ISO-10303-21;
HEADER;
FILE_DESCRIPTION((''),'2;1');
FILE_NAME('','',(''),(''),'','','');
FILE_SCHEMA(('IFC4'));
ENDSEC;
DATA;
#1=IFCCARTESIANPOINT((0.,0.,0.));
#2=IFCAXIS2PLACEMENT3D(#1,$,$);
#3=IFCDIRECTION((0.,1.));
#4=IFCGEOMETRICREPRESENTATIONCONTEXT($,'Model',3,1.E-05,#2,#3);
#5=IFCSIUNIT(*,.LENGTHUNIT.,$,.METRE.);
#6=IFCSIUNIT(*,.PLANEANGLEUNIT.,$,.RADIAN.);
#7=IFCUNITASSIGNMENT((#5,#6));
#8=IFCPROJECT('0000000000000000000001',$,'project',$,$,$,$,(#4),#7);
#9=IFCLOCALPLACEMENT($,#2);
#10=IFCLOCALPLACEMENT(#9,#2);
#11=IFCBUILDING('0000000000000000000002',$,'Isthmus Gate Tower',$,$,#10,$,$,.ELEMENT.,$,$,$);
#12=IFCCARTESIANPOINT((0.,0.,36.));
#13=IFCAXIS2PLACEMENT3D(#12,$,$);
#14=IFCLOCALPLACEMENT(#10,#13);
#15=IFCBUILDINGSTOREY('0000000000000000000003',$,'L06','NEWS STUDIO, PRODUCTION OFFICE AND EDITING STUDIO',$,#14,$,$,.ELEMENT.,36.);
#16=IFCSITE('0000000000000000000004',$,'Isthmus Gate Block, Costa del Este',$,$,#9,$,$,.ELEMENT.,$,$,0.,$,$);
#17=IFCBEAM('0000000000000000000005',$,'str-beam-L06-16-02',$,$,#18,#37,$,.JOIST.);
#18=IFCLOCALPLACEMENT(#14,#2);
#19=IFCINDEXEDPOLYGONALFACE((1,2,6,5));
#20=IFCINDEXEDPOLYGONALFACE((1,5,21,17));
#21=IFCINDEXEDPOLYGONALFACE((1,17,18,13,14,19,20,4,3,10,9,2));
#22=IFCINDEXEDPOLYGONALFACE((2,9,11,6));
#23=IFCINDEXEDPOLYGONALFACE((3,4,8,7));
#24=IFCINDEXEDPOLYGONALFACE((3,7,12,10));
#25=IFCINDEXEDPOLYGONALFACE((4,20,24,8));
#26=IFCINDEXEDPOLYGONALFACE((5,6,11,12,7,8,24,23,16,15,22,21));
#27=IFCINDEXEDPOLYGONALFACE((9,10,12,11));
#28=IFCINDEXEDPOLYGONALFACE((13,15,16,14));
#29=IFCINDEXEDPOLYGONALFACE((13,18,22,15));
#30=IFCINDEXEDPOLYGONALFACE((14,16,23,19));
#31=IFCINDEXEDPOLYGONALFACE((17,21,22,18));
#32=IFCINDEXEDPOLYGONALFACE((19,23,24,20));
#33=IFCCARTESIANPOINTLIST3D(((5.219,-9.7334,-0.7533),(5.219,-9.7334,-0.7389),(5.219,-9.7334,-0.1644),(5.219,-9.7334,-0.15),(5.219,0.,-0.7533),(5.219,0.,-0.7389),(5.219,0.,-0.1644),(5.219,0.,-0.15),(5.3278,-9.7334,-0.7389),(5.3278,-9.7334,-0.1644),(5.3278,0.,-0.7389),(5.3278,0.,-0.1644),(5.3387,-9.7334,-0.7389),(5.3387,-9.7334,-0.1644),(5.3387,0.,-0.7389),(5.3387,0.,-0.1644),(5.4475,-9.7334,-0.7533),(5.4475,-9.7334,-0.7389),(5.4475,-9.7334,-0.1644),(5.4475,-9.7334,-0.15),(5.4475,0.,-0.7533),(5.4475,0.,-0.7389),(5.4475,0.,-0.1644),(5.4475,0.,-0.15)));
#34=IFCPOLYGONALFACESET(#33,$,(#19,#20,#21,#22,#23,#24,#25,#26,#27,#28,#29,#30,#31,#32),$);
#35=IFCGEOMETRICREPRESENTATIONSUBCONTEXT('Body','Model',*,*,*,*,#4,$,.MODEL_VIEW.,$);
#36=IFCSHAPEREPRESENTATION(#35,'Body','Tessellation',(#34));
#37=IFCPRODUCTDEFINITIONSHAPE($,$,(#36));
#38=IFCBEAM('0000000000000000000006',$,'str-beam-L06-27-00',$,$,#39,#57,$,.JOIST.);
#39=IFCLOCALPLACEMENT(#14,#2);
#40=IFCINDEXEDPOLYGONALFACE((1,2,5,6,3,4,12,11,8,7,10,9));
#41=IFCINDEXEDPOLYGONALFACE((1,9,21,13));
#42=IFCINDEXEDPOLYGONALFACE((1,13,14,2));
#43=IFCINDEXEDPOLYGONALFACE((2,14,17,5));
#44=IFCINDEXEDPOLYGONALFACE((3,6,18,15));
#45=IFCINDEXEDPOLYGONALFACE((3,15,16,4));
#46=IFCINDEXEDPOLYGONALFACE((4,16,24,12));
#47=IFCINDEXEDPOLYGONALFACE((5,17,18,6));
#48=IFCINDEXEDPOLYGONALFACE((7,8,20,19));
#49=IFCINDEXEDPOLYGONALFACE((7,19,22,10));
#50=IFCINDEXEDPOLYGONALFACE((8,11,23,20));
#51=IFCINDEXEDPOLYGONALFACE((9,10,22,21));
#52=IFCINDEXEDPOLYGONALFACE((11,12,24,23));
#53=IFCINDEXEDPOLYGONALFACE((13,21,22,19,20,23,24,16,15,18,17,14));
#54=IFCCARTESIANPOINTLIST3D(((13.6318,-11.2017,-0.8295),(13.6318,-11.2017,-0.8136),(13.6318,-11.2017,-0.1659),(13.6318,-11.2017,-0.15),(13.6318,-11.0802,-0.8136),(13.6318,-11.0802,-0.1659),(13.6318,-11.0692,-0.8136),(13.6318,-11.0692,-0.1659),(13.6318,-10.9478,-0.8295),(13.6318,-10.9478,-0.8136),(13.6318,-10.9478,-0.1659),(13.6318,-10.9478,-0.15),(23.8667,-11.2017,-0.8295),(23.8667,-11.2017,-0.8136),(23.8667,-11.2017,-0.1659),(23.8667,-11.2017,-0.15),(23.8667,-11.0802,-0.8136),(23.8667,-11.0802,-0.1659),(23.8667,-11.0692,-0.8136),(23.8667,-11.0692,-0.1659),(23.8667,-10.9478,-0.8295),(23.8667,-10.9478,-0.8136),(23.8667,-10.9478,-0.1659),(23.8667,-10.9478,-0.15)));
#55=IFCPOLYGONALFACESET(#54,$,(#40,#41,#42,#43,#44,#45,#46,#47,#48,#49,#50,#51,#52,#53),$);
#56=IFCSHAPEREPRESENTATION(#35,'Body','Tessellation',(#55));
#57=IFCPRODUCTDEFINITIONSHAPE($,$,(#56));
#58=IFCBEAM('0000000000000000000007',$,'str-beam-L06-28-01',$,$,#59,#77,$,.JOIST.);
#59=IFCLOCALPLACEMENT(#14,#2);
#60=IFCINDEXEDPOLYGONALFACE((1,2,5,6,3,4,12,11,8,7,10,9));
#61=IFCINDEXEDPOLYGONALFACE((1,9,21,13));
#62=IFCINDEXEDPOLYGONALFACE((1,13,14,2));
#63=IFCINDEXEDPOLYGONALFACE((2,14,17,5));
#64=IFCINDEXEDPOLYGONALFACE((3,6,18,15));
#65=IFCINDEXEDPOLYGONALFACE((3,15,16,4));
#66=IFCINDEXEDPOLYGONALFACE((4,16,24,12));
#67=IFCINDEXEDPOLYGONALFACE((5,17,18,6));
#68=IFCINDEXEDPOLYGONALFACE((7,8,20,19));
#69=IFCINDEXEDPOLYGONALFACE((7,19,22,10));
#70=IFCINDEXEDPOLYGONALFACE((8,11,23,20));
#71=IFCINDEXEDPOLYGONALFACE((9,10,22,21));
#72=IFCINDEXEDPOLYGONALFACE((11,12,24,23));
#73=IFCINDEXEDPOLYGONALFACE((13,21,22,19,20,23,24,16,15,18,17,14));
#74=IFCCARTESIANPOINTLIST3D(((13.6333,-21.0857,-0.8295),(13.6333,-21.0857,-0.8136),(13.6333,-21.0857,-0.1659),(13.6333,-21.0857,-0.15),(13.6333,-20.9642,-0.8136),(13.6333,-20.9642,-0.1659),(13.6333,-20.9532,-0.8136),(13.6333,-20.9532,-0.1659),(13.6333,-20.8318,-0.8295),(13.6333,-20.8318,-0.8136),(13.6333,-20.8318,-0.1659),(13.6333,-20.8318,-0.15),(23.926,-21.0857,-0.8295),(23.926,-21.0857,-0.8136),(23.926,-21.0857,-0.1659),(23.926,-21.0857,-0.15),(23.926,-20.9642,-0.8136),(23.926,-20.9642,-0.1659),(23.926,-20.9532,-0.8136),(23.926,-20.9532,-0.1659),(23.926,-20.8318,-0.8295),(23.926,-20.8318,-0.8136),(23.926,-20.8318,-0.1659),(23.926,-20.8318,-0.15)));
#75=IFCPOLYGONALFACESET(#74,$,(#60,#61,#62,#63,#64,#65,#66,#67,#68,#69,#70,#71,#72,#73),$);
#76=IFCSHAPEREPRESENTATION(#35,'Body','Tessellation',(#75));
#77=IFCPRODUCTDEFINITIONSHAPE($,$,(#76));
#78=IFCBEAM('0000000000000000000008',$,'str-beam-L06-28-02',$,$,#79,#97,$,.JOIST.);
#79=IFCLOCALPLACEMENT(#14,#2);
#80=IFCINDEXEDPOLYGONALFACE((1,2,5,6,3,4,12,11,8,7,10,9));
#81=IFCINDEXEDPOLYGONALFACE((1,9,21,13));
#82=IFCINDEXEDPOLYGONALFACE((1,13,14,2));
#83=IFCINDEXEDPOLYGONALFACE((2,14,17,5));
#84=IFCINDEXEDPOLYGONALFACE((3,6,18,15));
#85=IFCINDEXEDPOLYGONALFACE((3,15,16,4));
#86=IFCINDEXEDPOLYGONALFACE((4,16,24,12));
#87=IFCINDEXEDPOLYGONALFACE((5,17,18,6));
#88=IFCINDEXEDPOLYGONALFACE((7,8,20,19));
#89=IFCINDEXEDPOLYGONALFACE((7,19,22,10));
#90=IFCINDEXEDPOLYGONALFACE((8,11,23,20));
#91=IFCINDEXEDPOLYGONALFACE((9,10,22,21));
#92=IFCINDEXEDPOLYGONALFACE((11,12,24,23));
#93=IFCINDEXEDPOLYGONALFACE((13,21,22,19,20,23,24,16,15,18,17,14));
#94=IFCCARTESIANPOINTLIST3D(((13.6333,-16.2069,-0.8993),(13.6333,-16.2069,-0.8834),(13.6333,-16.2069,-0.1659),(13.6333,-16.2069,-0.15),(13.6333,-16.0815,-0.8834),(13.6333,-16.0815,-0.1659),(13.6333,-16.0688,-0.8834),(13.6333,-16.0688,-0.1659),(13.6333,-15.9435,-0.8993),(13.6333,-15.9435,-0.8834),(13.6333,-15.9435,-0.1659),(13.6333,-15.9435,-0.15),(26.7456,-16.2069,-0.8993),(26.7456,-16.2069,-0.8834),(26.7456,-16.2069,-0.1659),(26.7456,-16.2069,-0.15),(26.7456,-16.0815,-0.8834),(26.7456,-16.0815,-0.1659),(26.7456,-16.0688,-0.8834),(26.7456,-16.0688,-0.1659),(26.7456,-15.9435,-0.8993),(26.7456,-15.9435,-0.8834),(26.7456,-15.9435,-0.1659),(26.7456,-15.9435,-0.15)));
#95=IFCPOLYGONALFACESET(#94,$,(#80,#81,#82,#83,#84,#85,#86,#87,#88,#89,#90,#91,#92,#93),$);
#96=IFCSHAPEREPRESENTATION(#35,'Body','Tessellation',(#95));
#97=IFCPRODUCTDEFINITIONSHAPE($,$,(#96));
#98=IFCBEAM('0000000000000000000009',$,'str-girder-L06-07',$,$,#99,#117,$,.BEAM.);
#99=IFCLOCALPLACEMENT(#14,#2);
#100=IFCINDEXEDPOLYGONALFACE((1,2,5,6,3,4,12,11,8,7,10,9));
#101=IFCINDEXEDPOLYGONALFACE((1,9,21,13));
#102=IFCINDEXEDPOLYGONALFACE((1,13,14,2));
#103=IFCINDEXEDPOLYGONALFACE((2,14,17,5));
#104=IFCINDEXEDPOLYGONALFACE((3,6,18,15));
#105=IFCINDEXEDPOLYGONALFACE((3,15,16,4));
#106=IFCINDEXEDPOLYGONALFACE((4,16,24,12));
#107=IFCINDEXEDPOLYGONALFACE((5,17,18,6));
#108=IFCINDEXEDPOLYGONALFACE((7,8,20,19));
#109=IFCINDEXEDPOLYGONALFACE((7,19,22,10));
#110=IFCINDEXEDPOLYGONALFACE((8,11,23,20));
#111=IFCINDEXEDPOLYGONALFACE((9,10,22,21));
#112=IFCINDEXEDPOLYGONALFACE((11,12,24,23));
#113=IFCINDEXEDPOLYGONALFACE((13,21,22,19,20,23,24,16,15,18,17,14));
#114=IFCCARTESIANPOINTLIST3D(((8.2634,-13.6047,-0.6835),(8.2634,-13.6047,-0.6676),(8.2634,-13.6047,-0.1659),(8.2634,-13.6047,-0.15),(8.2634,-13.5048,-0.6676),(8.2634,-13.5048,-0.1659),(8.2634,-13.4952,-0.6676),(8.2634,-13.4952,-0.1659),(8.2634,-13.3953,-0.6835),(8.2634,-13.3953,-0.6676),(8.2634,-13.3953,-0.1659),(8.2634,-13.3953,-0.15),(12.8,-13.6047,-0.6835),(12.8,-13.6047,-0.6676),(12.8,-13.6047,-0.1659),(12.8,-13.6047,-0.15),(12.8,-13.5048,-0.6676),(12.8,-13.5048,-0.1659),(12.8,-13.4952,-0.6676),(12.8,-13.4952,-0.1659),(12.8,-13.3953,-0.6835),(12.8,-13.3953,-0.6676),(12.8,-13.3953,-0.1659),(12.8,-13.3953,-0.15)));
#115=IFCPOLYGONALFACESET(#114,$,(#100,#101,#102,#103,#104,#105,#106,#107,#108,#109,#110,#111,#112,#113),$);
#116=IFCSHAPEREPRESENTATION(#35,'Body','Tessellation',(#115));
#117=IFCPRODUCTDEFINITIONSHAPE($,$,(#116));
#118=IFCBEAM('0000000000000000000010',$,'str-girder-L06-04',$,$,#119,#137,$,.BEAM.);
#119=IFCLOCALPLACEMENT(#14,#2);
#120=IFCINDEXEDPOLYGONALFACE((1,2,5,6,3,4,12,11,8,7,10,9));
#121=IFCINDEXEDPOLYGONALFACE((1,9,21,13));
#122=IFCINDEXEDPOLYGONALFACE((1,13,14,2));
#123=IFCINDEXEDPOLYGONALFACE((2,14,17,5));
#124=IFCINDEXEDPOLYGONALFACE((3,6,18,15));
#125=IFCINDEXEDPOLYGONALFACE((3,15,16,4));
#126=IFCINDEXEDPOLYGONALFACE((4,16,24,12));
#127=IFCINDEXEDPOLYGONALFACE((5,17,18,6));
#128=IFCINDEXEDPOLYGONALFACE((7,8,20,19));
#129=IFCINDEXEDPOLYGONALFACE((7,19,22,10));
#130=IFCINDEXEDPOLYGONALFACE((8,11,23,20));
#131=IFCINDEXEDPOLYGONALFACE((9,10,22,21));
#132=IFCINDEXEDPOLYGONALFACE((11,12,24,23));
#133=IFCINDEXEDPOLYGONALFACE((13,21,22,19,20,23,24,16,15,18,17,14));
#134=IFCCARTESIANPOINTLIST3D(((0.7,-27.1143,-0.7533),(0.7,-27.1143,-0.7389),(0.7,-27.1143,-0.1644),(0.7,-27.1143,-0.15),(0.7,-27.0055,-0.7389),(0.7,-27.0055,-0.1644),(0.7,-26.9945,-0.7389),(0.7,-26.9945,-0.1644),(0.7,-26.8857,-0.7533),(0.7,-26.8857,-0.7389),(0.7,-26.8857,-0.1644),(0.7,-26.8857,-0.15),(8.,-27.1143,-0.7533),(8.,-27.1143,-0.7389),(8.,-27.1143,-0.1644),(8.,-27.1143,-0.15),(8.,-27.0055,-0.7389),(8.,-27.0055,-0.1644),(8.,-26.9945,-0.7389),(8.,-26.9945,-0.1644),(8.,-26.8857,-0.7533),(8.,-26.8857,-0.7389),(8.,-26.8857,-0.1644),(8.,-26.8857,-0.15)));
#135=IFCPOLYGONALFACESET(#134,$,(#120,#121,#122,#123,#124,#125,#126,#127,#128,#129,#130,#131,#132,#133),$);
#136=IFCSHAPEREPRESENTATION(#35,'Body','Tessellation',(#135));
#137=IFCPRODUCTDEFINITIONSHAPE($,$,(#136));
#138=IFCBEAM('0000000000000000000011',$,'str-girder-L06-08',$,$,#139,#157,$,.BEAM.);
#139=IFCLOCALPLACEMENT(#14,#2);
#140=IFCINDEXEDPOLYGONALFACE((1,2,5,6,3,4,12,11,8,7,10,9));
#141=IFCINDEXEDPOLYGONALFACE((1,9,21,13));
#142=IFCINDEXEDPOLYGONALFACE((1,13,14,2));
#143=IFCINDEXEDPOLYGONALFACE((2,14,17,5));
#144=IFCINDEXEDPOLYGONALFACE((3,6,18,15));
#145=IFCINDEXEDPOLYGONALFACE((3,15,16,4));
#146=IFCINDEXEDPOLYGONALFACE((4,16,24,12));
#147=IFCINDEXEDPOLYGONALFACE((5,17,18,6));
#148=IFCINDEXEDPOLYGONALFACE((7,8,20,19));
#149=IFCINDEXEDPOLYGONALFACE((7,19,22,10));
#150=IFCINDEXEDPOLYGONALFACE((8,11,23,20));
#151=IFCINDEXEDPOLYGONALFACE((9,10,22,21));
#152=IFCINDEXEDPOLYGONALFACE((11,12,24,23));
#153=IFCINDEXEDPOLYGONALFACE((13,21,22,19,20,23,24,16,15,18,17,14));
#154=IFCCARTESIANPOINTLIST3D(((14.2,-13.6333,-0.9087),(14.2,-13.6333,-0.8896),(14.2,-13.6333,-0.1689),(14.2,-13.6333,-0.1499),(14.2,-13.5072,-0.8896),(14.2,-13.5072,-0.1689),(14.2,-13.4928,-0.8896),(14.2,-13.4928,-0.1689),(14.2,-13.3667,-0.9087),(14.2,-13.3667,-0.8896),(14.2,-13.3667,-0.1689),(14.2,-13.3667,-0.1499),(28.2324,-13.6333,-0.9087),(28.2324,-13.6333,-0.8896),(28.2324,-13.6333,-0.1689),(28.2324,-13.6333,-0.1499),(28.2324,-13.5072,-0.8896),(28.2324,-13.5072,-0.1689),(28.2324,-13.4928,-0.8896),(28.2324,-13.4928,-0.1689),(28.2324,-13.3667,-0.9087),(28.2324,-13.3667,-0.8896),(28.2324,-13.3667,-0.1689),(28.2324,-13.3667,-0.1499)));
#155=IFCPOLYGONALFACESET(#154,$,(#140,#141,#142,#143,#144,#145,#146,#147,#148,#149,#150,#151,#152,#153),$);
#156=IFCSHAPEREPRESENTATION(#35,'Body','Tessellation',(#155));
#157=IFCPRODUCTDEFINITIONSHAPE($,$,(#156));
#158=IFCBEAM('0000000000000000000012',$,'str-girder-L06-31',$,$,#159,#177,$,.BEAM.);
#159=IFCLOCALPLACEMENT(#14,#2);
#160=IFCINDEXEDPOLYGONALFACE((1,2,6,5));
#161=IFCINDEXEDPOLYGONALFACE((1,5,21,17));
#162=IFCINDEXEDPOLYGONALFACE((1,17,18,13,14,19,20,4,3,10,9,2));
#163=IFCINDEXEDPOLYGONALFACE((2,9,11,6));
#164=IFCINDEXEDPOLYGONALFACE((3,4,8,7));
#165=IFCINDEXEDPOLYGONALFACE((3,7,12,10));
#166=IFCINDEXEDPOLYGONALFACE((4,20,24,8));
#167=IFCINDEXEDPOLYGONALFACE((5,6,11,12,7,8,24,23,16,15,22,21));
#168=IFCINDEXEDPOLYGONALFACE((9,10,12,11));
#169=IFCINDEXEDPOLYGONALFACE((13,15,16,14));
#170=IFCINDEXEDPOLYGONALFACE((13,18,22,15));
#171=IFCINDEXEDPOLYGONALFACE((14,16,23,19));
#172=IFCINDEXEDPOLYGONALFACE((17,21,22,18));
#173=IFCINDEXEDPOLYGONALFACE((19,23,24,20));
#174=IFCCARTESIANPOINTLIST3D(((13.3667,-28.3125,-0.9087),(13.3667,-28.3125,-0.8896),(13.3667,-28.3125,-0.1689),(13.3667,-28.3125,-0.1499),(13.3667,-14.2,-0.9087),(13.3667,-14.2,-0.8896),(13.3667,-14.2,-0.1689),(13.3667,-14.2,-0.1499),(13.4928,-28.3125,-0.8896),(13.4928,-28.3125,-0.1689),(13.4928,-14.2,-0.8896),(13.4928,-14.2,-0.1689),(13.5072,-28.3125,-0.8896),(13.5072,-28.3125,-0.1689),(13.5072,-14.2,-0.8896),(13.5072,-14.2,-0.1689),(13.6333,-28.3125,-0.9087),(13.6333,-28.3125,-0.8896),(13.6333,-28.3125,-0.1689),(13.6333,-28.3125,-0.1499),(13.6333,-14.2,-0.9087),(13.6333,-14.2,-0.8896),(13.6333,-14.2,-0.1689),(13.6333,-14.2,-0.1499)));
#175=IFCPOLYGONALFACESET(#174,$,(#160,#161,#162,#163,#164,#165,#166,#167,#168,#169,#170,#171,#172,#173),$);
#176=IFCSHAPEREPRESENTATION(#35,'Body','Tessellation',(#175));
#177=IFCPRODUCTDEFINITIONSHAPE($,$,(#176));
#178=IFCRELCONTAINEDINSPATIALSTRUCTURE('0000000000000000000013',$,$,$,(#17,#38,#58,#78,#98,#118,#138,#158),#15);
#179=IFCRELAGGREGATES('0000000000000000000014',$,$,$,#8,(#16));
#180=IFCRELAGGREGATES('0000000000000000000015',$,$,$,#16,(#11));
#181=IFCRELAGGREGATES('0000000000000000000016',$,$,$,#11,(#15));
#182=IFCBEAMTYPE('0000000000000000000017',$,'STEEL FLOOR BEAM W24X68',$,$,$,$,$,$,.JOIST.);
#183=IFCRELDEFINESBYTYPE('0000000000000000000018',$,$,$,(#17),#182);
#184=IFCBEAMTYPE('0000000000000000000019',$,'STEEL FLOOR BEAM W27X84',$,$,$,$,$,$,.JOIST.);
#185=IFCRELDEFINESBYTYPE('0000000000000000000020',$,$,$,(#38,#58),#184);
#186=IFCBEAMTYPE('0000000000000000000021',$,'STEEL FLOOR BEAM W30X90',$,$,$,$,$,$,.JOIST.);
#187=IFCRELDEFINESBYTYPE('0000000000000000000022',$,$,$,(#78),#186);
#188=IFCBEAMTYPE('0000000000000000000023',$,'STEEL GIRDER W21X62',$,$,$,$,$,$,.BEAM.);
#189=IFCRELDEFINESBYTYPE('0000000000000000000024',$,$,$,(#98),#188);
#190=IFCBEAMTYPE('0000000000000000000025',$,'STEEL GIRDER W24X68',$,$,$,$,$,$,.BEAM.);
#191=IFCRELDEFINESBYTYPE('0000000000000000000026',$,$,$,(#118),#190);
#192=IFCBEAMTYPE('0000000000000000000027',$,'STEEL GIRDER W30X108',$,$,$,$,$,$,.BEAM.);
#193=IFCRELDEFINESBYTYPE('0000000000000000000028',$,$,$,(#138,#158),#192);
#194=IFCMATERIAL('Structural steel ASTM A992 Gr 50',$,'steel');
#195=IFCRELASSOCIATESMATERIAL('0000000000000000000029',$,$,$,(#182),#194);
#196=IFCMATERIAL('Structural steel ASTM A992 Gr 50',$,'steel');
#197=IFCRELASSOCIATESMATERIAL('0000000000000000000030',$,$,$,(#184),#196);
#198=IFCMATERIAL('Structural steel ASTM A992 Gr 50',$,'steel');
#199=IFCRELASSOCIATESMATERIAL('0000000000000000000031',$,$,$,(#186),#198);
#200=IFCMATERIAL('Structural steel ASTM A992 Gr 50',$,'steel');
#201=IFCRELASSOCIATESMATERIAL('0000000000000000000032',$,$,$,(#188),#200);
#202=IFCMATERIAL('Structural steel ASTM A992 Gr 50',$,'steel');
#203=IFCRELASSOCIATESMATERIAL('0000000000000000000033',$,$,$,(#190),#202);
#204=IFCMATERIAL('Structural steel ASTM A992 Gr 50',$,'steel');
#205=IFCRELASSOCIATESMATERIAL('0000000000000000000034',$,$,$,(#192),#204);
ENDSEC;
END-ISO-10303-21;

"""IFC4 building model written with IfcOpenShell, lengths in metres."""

from ifc_helpers import new_model, si_unit, direction, frame, origin, origin_2d, place, context, subcontext, project, spatial, i_section, extrude, material, material_profile, profile_set, type_object, element, save


model = new_model("IFC4")

# Units and contexts
model_context = context("Model", 3, precision=1e-05, world=origin(), true_north=direction((0.0, 1.0)))
body_context = subcontext(model_context, "Body", "Model", "MODEL_VIEW")
ifc_project = project(units=[si_unit("LENGTHUNIT", "METRE"), si_unit("PLANEANGLEUNIT", "RADIAN")], contexts=[model_context])

# Site, building, storey
site_placement = place(None, origin())
site = spatial("IfcSite", under=ifc_project, at=site_placement, Name="Isthmus Gate Block, Costa del Este", CompositionType="ELEMENT", RefElevation=0.0)
building_placement = place(site_placement, origin())
building = spatial("IfcBuilding", under=site, at=building_placement, Name="Isthmus Gate Tower", CompositionType="ELEMENT")
storey_placement = place(building_placement, frame((0.0, 0.0, 36.0)))
storey = spatial("IfcBuildingStorey", under=building, at=storey_placement, Name="L06", Description="NEWS STUDIO, PRODUCTION OFFICE AND EDITING STUDIO", CompositionType="ELEMENT", Elevation=36.0)

# Beams
ifc_material_1 = material(Name="Structural steel ASTM A992 Gr 50", Category="steel")
ifc_material_profile_1 = material_profile(ifc_material_1, i_section(OverallWidth=0.2285, OverallDepth=0.6033, WebThickness=0.011, FlangeThickness=0.0144, at=origin_2d()), Name="W24X68")
ifc_profile_set_1 = profile_set([ifc_material_profile_1], Name="Structural steel ASTM A992 Gr 50")
beam_type_1 = type_object("IfcBeamType", Name="STEEL FLOOR BEAM W24X68", PredefinedType="JOIST", material=ifc_profile_set_1)
beam_1_placement = place(storey_placement, frame((5.3333, -9.7334, -0.4517), z_axis=(0.0, 1.0, 0.0), x_axis=(-1.0, 0.0, 0.0)))
element("IfcBeam", 1, at=beam_1_placement, inside=storey, type_object=beam_type_1, Name="str-beam-L06-16-02", PredefinedType="JOIST", context=body_context, shape_type="SweptSolid", body=[
    extrude(i_section(OverallWidth=0.2285, OverallDepth=0.6033, WebThickness=0.011, FlangeThickness=0.0144, at=origin_2d()), origin(), (0.0, 0.0, 1.0), 9.7334),
])
ifc_material_2 = material(Name="Structural steel ASTM A992 Gr 50", Category="steel")
ifc_material_profile_2 = material_profile(ifc_material_2, i_section(OverallWidth=0.2539, OverallDepth=0.6794, WebThickness=0.011, FlangeThickness=0.0159, at=origin_2d()), Name="W27X84")
ifc_profile_set_2 = profile_set([ifc_material_profile_2], Name="Structural steel ASTM A992 Gr 50")
beam_type_2 = type_object("IfcBeamType", Name="STEEL FLOOR BEAM W27X84", PredefinedType="JOIST", material=ifc_profile_set_2)
beam_2_placement = place(storey_placement, frame((13.6318, -11.0747, -0.4897), z_axis=(1.0, 0.0, 0.0), x_axis=(0.0, 1.0, 0.0)))
element("IfcBeam", 2, at=beam_2_placement, inside=storey, type_object=beam_type_2, Name="str-beam-L06-27-00", PredefinedType="JOIST", context=body_context, shape_type="SweptSolid", body=[
    extrude(i_section(OverallWidth=0.2539, OverallDepth=0.6794, WebThickness=0.011, FlangeThickness=0.0159, at=origin_2d()), origin(), (0.0, 0.0, 1.0), 10.2349),
])
beam_3_placement = place(storey_placement, frame((13.6333, -20.9587, -0.4897), z_axis=(1.0, 0.0, 0.0), x_axis=(0.0, 1.0, 0.0)))
element("IfcBeam", 3, at=beam_3_placement, inside=storey, type_object=beam_type_2, Name="str-beam-L06-28-01", PredefinedType="JOIST", context=body_context, shape_type="SweptSolid", body=[
    extrude(i_section(OverallWidth=0.2539, OverallDepth=0.6794, WebThickness=0.011, FlangeThickness=0.0159, at=origin_2d()), origin(), (0.0, 0.0, 1.0), 10.2927),
])
ifc_material_3 = material(Name="Structural steel ASTM A992 Gr 50", Category="steel")
ifc_material_profile_3 = material_profile(ifc_material_3, i_section(OverallWidth=0.2634, OverallDepth=0.7493, WebThickness=0.0127, FlangeThickness=0.0159, at=origin_2d()), Name="W30X90")
ifc_profile_set_3 = profile_set([ifc_material_profile_3], Name="Structural steel ASTM A992 Gr 50")
beam_type_3 = type_object("IfcBeamType", Name="STEEL FLOOR BEAM W30X90", PredefinedType="JOIST", material=ifc_profile_set_3)
beam_4_placement = place(storey_placement, frame((13.6333, -16.0752, -0.5247), z_axis=(1.0, 0.0, 0.0), x_axis=(0.0, 1.0, 0.0)))
element("IfcBeam", 4, at=beam_4_placement, inside=storey, type_object=beam_type_3, Name="str-beam-L06-28-02", PredefinedType="JOIST", context=body_context, shape_type="SweptSolid", body=[
    extrude(i_section(OverallWidth=0.2634, OverallDepth=0.7493, WebThickness=0.0127, FlangeThickness=0.0159, at=origin_2d()), origin(), (0.0, 0.0, 1.0), 13.1123),
])
ifc_material_4 = material(Name="Structural steel ASTM A992 Gr 50", Category="steel")
ifc_material_profile_4 = material_profile(ifc_material_4, i_section(OverallWidth=0.2095, OverallDepth=0.5334, WebThickness=0.0095, FlangeThickness=0.0159, at=origin_2d()), Name="W21X62")
ifc_profile_set_4 = profile_set([ifc_material_profile_4], Name="Structural steel ASTM A992 Gr 50")
beam_type_4 = type_object("IfcBeamType", Name="STEEL GIRDER W21X62", PredefinedType="BEAM", material=ifc_profile_set_4)
beam_5_placement = place(storey_placement, frame((8.2634, -13.5, -0.4167), z_axis=(1.0, 0.0, 0.0), x_axis=(0.0, 1.0, 0.0)))
element("IfcBeam", 5, at=beam_5_placement, inside=storey, type_object=beam_type_4, Name="str-girder-L06-07", PredefinedType="BEAM", context=body_context, shape_type="SweptSolid", body=[
    extrude(i_section(OverallWidth=0.2095, OverallDepth=0.5334, WebThickness=0.0095, FlangeThickness=0.0159, at=origin_2d()), origin(), (0.0, 0.0, 1.0), 4.5366),
])
ifc_material_5 = material(Name="Structural steel ASTM A992 Gr 50", Category="steel")
ifc_material_profile_5 = material_profile(ifc_material_5, i_section(OverallWidth=0.2285, OverallDepth=0.6033, WebThickness=0.011, FlangeThickness=0.0144, at=origin_2d()), Name="W24X68")
ifc_profile_set_5 = profile_set([ifc_material_profile_5], Name="Structural steel ASTM A992 Gr 50")
beam_type_5 = type_object("IfcBeamType", Name="STEEL GIRDER W24X68", PredefinedType="BEAM", material=ifc_profile_set_5)
beam_6_placement = place(storey_placement, frame((0.7, -27.0, -0.4517), z_axis=(1.0, 0.0, 0.0), x_axis=(0.0, 1.0, 0.0)))
element("IfcBeam", 6, at=beam_6_placement, inside=storey, type_object=beam_type_5, Name="str-girder-L06-04", PredefinedType="BEAM", context=body_context, shape_type="SweptSolid", body=[
    extrude(i_section(OverallWidth=0.2285, OverallDepth=0.6033, WebThickness=0.011, FlangeThickness=0.0144, at=origin_2d()), origin(), (0.0, 0.0, 1.0), 7.3),
])
ifc_material_6 = material(Name="Structural steel ASTM A992 Gr 50", Category="steel")
ifc_material_profile_6 = material_profile(ifc_material_6, i_section(OverallWidth=0.2666, OverallDepth=0.7588, WebThickness=0.0144, FlangeThickness=0.019, at=origin_2d()), Name="W30X108")
ifc_profile_set_6 = profile_set([ifc_material_profile_6], Name="Structural steel ASTM A992 Gr 50")
beam_type_6 = type_object("IfcBeamType", Name="STEEL GIRDER W30X108", PredefinedType="BEAM", material=ifc_profile_set_6)
beam_7_placement = place(storey_placement, frame((14.2, -13.5, -0.5293), z_axis=(1.0, 0.0, 0.0), x_axis=(0.0, 1.0, 0.0)))
element("IfcBeam", 7, at=beam_7_placement, inside=storey, type_object=beam_type_6, Name="str-girder-L06-08", PredefinedType="BEAM", context=body_context, shape_type="SweptSolid", body=[
    extrude(i_section(OverallWidth=0.2666, OverallDepth=0.7588, WebThickness=0.0144, FlangeThickness=0.019, at=origin_2d()), origin(), (0.0, 0.0, 1.0), 14.0325),
])
beam_8_placement = place(storey_placement, frame((13.5, -28.3125, -0.5293), z_axis=(0.0, 1.0, 0.0), x_axis=(-1.0, 0.0, 0.0)))
element("IfcBeam", 8, at=beam_8_placement, inside=storey, type_object=beam_type_6, Name="str-girder-L06-31", PredefinedType="BEAM", context=body_context, shape_type="SweptSolid", body=[
    extrude(i_section(OverallWidth=0.2666, OverallDepth=0.7588, WebThickness=0.0144, FlangeThickness=0.019, at=origin_2d()), origin(), (0.0, 0.0, 1.0), 14.1125),
])

save(model, "model.ifc")
